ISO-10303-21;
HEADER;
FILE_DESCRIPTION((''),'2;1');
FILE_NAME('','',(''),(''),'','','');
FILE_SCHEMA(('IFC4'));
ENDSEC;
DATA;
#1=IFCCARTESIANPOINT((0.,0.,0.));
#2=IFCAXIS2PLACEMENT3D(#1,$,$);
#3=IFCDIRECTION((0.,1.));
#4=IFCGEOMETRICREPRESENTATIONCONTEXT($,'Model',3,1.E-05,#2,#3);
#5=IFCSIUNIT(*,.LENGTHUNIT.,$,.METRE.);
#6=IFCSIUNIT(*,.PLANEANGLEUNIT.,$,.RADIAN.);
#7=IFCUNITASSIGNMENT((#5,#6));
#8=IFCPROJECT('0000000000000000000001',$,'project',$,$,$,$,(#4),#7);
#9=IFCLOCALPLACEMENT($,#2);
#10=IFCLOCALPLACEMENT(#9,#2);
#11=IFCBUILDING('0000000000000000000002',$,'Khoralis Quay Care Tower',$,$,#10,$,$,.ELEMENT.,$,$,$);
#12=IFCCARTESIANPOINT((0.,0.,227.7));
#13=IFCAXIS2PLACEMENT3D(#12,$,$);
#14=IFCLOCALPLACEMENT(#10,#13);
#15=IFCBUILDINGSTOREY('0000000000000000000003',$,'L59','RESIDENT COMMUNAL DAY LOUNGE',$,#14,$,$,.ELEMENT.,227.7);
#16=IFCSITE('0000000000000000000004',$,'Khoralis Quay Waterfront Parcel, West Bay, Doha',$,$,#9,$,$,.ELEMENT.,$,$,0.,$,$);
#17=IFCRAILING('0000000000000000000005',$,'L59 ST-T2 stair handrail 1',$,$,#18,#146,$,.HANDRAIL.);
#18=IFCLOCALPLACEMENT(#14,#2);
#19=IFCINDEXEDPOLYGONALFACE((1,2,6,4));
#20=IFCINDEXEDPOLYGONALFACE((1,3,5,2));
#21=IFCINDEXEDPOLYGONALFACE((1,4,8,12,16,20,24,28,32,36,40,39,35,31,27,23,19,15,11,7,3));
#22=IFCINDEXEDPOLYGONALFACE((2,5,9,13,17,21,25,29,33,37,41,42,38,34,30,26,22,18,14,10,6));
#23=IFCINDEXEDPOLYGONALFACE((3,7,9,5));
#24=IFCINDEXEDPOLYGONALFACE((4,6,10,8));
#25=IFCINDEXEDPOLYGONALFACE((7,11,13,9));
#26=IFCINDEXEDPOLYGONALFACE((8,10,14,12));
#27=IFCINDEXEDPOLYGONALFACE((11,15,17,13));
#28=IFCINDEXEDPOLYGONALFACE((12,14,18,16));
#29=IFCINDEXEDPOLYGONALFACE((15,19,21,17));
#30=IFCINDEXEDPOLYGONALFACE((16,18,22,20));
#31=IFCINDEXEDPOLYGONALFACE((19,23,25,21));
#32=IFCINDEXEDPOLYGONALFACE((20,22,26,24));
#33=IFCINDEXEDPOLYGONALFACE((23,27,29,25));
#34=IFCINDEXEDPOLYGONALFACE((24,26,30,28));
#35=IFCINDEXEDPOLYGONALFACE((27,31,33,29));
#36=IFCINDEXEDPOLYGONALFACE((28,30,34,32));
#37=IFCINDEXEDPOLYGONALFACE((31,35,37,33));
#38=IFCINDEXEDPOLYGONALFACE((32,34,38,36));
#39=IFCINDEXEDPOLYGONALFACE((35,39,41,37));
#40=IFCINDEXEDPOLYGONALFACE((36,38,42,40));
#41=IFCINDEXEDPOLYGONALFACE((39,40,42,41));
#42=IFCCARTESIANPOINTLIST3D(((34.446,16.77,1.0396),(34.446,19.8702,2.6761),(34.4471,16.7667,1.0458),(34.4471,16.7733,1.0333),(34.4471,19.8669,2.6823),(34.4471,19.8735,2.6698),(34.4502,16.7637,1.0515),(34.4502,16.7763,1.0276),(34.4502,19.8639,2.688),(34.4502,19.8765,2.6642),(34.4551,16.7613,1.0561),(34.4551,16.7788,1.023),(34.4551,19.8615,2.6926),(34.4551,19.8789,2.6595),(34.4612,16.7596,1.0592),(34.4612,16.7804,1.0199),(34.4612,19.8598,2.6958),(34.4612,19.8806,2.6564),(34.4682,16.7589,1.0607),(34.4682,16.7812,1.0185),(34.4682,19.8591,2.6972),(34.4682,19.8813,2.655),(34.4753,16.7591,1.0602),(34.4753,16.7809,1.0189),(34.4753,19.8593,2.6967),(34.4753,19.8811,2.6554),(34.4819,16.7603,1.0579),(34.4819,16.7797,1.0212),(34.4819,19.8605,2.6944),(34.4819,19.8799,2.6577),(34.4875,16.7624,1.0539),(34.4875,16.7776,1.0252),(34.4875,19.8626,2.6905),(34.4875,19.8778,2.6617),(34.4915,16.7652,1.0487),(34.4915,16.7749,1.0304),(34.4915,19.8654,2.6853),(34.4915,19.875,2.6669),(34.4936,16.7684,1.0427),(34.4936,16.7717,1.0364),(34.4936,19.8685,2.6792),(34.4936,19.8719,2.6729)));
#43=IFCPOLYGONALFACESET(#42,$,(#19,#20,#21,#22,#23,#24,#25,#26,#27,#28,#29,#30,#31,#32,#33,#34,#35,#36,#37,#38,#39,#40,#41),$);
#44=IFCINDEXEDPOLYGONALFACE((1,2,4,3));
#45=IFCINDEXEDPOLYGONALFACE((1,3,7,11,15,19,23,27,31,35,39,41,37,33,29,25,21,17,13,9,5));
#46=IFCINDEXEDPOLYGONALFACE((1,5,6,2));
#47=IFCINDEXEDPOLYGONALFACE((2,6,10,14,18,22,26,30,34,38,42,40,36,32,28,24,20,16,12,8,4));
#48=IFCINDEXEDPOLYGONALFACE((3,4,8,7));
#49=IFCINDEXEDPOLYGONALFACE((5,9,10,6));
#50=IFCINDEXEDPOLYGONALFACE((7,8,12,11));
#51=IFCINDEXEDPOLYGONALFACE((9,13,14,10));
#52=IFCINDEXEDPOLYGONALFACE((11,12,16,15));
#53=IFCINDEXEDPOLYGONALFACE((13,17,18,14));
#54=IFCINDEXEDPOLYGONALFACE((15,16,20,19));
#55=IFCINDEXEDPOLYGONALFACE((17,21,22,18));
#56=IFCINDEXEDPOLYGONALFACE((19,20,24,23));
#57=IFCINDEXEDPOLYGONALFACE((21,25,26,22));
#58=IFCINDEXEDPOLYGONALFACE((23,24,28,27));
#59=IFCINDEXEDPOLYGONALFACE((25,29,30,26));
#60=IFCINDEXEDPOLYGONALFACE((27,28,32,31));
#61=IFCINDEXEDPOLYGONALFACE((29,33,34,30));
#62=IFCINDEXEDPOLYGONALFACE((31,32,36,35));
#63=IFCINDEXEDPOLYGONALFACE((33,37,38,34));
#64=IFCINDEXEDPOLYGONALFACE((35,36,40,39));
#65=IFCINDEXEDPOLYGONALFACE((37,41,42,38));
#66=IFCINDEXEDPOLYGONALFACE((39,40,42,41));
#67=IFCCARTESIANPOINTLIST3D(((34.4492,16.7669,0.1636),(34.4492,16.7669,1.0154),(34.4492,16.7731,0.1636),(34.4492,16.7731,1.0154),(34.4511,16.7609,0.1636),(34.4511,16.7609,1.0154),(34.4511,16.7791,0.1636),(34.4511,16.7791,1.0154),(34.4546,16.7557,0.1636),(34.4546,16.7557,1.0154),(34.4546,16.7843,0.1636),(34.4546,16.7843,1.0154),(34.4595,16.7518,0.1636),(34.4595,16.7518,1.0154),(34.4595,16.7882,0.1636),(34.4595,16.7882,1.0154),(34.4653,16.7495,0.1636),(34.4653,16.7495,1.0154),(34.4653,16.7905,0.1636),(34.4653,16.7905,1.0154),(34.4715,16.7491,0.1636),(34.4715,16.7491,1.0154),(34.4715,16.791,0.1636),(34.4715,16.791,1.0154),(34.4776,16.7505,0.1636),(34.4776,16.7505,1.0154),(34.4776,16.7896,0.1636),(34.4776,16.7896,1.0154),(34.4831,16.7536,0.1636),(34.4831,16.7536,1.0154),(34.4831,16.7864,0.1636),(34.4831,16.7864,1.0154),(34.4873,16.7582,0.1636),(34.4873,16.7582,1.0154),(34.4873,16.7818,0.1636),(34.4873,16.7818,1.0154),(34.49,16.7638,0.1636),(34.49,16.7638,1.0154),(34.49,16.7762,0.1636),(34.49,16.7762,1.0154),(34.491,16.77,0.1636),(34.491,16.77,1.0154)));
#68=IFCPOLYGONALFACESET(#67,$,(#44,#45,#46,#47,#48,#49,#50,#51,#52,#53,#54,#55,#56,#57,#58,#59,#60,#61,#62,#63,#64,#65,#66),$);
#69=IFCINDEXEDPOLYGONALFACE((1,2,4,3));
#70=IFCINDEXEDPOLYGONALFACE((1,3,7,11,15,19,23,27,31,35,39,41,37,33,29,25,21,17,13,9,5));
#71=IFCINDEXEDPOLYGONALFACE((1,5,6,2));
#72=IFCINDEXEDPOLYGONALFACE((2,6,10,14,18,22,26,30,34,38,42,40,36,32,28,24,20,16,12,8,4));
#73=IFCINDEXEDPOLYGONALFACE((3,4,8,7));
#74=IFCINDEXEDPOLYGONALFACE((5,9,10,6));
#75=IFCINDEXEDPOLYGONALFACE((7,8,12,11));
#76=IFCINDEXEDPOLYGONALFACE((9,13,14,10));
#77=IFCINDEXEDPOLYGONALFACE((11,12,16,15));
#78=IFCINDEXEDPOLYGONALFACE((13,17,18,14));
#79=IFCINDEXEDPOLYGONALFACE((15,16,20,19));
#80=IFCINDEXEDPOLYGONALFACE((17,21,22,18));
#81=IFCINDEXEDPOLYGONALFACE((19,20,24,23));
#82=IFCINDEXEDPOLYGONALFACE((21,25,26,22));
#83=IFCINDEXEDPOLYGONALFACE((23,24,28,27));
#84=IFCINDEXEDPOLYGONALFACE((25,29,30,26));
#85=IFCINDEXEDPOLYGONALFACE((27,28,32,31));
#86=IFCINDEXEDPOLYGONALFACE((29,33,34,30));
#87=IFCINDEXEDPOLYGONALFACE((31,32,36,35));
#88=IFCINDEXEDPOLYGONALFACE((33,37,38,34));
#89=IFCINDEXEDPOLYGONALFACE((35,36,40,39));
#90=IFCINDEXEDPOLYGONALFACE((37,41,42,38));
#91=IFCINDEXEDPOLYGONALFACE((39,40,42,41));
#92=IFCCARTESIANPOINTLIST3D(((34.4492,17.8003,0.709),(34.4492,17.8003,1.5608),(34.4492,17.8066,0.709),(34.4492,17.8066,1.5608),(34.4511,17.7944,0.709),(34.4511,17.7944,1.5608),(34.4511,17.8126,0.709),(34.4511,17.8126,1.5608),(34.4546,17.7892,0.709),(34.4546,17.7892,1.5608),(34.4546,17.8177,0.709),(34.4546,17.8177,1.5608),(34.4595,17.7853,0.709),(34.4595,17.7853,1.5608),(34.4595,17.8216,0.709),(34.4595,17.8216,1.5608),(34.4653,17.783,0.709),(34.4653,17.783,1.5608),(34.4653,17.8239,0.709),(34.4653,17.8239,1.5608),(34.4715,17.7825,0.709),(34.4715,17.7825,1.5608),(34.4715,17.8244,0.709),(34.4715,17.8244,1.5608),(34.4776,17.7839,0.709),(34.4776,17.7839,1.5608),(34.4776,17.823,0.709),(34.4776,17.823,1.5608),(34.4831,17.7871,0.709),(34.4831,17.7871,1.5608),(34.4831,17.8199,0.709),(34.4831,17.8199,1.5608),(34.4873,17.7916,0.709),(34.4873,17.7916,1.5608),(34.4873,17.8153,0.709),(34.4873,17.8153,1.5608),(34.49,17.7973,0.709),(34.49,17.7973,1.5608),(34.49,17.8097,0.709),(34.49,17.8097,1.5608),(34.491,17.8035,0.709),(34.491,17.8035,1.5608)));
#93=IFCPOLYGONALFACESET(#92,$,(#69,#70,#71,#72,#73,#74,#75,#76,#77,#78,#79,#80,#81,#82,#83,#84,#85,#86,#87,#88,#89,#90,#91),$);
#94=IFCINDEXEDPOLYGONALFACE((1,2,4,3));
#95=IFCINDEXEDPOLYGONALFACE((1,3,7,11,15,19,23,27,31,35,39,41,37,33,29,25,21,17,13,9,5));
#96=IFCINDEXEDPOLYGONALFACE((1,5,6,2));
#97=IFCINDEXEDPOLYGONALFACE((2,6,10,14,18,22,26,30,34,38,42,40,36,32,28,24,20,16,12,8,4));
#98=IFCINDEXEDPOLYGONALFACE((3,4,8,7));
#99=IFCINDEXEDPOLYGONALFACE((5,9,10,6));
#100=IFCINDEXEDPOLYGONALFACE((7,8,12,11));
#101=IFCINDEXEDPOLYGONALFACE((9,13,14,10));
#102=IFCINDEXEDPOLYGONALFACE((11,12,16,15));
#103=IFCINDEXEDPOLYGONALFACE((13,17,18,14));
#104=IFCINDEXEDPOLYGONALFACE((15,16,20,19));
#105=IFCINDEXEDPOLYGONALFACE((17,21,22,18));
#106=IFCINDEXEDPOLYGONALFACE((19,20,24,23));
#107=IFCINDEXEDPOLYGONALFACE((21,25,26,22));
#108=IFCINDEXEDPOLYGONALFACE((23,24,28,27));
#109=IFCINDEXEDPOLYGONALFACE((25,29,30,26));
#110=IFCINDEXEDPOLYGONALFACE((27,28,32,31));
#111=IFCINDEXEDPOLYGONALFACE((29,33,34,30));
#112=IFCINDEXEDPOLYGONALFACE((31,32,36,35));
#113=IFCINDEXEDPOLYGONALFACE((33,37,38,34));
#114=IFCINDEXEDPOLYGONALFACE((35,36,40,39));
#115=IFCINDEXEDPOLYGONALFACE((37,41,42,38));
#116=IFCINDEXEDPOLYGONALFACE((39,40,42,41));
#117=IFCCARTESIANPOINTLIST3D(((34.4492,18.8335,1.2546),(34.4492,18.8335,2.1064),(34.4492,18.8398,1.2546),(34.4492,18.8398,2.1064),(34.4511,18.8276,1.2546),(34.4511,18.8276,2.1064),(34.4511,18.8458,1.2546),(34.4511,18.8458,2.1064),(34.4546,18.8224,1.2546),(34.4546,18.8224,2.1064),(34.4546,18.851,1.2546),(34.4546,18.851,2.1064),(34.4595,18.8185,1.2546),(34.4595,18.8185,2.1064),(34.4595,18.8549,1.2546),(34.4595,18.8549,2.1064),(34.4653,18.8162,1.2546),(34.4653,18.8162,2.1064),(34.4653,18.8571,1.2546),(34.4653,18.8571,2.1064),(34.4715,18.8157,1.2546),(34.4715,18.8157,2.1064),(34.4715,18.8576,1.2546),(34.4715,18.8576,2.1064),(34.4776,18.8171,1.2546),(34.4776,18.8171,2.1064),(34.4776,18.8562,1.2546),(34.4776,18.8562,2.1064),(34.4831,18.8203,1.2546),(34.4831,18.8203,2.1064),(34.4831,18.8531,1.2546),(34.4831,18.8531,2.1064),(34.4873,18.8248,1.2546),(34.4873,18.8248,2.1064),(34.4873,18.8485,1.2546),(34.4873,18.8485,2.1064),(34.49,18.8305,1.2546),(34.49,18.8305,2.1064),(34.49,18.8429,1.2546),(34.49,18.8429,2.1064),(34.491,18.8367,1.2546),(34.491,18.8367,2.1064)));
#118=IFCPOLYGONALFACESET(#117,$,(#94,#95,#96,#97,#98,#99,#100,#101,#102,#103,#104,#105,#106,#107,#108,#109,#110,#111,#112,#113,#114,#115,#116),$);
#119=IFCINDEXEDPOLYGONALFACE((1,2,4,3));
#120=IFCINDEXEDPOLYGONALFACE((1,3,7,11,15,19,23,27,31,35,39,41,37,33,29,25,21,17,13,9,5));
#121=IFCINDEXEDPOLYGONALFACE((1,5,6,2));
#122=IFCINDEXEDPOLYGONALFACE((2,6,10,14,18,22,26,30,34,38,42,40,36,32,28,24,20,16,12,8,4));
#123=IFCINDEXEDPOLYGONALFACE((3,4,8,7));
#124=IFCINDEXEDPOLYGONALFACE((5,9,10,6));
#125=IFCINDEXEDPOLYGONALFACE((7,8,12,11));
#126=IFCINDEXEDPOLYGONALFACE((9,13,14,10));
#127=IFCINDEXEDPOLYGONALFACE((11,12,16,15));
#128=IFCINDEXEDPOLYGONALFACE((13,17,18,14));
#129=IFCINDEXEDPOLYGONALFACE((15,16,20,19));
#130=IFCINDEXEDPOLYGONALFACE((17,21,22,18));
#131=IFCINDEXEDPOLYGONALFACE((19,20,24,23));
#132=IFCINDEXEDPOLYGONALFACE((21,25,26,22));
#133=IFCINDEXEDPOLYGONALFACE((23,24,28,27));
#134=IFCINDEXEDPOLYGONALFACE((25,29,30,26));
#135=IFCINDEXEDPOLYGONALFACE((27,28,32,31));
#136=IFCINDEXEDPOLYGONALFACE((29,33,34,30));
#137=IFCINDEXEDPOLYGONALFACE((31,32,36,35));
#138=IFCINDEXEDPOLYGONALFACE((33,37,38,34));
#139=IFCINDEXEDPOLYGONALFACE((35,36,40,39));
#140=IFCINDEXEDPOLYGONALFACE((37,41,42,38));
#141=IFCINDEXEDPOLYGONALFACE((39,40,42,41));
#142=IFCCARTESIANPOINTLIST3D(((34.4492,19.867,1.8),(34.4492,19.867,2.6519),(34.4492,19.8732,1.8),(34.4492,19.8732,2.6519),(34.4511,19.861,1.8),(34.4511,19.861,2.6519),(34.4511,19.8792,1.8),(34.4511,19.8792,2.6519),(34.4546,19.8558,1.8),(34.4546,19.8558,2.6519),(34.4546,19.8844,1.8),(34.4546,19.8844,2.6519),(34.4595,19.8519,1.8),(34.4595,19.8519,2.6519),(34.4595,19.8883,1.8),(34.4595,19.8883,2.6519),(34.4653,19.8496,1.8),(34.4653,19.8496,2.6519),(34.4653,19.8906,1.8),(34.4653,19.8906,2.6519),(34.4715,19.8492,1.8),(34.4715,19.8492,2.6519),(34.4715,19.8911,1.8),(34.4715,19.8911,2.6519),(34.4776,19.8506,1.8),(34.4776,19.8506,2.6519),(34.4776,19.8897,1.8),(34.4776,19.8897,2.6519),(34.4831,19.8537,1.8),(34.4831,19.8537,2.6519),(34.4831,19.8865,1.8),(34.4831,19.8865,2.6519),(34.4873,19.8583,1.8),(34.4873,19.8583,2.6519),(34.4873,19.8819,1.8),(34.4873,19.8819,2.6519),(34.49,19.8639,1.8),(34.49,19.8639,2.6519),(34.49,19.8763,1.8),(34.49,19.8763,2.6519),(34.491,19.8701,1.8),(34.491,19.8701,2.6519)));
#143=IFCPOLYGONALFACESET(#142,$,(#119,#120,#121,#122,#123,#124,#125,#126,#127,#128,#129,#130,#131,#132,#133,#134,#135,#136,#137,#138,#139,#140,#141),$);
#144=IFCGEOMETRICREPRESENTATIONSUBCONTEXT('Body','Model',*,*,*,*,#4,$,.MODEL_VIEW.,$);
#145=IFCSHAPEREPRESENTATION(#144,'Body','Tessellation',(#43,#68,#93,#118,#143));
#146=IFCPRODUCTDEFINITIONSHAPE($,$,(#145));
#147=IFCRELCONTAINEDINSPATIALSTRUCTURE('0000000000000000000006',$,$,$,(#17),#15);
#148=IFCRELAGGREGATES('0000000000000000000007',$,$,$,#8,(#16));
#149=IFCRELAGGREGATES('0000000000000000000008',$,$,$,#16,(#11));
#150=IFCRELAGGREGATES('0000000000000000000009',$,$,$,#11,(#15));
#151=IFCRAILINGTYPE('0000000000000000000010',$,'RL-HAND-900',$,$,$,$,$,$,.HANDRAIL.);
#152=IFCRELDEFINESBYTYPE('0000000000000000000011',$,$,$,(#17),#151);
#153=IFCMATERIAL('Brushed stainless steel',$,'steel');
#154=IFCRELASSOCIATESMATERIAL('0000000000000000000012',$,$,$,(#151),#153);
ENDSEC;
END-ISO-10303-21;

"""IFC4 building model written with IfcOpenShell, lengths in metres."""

from ifc_helpers import new_model, si_unit, direction, frame, origin, origin_2d, place, context, subcontext, project, spatial, circle, extrude, material, type_object, element, save


model = new_model("IFC4")

# Units and contexts
model_context = context("Model", 3, precision=1e-05, world=origin(), true_north=direction((0.0, 1.0)))
body_context = subcontext(model_context, "Body", "Model", "MODEL_VIEW")
ifc_project = project(units=[si_unit("LENGTHUNIT", "METRE"), si_unit("PLANEANGLEUNIT", "RADIAN")], contexts=[model_context])

# Site, building, storey
site_placement = place(None, origin())
site = spatial("IfcSite", under=ifc_project, at=site_placement, Name="Khoralis Quay Waterfront Parcel, West Bay, Doha", CompositionType="ELEMENT", RefElevation=0.0)
building_placement = place(site_placement, origin())
building = spatial("IfcBuilding", under=site, at=building_placement, Name="Khoralis Quay Care Tower", CompositionType="ELEMENT")
storey_placement = place(building_placement, frame((0.0, 0.0, 227.7)))
storey = spatial("IfcBuildingStorey", under=building, at=storey_placement, Name="L59", Description="RESIDENT COMMUNAL DAY LOUNGE", CompositionType="ELEMENT", Elevation=227.7)

# Shared definitions
ifc_material_1 = material(Name="Brushed stainless steel", Category="steel")

# Railing
railing_type_1 = type_object("IfcRailingType", Name="RL-HAND-900", PredefinedType="HANDRAIL", material=ifc_material_1)
railing_1_placement = place(storey_placement, frame((34.47, 16.77, 0.1636)))
element("IfcRailing", 1, at=railing_1_placement, inside=storey, type_object=railing_type_1, Name="L59 ST-T2 stair handrail 1", PredefinedType="HANDRAIL", context=body_context, shape_type="SweptSolid", body=[
    extrude(circle(Radius=0.0239, at=origin_2d()), frame((0.0, 0.0, 0.876), z_axis=(0.0, 0.884348, 0.466828), x_axis=(-1.0, 0.0, 0.0)), (0.0, 0.0, 1.0), 3.5056),
    extrude(circle(Radius=0.021, at=origin_2d()), origin(), (0.0, 0.0, 1.0), 0.8518),
    extrude(circle(Radius=0.021, at=origin_2d()), frame((0.0, 1.0334, 0.5454)), (0.0, 0.0, 1.0), 0.8518),
    extrude(circle(Radius=0.021, at=origin_2d()), frame((0.0, 2.0667, 1.0911)), (0.0, 0.0, 1.0), 0.8518),
    extrude(circle(Radius=0.021, at=origin_2d()), frame((0.0, 3.1001, 1.6365)), (0.0, 0.0, 1.0), 0.8518),
])

save(model, "model.ifc")
